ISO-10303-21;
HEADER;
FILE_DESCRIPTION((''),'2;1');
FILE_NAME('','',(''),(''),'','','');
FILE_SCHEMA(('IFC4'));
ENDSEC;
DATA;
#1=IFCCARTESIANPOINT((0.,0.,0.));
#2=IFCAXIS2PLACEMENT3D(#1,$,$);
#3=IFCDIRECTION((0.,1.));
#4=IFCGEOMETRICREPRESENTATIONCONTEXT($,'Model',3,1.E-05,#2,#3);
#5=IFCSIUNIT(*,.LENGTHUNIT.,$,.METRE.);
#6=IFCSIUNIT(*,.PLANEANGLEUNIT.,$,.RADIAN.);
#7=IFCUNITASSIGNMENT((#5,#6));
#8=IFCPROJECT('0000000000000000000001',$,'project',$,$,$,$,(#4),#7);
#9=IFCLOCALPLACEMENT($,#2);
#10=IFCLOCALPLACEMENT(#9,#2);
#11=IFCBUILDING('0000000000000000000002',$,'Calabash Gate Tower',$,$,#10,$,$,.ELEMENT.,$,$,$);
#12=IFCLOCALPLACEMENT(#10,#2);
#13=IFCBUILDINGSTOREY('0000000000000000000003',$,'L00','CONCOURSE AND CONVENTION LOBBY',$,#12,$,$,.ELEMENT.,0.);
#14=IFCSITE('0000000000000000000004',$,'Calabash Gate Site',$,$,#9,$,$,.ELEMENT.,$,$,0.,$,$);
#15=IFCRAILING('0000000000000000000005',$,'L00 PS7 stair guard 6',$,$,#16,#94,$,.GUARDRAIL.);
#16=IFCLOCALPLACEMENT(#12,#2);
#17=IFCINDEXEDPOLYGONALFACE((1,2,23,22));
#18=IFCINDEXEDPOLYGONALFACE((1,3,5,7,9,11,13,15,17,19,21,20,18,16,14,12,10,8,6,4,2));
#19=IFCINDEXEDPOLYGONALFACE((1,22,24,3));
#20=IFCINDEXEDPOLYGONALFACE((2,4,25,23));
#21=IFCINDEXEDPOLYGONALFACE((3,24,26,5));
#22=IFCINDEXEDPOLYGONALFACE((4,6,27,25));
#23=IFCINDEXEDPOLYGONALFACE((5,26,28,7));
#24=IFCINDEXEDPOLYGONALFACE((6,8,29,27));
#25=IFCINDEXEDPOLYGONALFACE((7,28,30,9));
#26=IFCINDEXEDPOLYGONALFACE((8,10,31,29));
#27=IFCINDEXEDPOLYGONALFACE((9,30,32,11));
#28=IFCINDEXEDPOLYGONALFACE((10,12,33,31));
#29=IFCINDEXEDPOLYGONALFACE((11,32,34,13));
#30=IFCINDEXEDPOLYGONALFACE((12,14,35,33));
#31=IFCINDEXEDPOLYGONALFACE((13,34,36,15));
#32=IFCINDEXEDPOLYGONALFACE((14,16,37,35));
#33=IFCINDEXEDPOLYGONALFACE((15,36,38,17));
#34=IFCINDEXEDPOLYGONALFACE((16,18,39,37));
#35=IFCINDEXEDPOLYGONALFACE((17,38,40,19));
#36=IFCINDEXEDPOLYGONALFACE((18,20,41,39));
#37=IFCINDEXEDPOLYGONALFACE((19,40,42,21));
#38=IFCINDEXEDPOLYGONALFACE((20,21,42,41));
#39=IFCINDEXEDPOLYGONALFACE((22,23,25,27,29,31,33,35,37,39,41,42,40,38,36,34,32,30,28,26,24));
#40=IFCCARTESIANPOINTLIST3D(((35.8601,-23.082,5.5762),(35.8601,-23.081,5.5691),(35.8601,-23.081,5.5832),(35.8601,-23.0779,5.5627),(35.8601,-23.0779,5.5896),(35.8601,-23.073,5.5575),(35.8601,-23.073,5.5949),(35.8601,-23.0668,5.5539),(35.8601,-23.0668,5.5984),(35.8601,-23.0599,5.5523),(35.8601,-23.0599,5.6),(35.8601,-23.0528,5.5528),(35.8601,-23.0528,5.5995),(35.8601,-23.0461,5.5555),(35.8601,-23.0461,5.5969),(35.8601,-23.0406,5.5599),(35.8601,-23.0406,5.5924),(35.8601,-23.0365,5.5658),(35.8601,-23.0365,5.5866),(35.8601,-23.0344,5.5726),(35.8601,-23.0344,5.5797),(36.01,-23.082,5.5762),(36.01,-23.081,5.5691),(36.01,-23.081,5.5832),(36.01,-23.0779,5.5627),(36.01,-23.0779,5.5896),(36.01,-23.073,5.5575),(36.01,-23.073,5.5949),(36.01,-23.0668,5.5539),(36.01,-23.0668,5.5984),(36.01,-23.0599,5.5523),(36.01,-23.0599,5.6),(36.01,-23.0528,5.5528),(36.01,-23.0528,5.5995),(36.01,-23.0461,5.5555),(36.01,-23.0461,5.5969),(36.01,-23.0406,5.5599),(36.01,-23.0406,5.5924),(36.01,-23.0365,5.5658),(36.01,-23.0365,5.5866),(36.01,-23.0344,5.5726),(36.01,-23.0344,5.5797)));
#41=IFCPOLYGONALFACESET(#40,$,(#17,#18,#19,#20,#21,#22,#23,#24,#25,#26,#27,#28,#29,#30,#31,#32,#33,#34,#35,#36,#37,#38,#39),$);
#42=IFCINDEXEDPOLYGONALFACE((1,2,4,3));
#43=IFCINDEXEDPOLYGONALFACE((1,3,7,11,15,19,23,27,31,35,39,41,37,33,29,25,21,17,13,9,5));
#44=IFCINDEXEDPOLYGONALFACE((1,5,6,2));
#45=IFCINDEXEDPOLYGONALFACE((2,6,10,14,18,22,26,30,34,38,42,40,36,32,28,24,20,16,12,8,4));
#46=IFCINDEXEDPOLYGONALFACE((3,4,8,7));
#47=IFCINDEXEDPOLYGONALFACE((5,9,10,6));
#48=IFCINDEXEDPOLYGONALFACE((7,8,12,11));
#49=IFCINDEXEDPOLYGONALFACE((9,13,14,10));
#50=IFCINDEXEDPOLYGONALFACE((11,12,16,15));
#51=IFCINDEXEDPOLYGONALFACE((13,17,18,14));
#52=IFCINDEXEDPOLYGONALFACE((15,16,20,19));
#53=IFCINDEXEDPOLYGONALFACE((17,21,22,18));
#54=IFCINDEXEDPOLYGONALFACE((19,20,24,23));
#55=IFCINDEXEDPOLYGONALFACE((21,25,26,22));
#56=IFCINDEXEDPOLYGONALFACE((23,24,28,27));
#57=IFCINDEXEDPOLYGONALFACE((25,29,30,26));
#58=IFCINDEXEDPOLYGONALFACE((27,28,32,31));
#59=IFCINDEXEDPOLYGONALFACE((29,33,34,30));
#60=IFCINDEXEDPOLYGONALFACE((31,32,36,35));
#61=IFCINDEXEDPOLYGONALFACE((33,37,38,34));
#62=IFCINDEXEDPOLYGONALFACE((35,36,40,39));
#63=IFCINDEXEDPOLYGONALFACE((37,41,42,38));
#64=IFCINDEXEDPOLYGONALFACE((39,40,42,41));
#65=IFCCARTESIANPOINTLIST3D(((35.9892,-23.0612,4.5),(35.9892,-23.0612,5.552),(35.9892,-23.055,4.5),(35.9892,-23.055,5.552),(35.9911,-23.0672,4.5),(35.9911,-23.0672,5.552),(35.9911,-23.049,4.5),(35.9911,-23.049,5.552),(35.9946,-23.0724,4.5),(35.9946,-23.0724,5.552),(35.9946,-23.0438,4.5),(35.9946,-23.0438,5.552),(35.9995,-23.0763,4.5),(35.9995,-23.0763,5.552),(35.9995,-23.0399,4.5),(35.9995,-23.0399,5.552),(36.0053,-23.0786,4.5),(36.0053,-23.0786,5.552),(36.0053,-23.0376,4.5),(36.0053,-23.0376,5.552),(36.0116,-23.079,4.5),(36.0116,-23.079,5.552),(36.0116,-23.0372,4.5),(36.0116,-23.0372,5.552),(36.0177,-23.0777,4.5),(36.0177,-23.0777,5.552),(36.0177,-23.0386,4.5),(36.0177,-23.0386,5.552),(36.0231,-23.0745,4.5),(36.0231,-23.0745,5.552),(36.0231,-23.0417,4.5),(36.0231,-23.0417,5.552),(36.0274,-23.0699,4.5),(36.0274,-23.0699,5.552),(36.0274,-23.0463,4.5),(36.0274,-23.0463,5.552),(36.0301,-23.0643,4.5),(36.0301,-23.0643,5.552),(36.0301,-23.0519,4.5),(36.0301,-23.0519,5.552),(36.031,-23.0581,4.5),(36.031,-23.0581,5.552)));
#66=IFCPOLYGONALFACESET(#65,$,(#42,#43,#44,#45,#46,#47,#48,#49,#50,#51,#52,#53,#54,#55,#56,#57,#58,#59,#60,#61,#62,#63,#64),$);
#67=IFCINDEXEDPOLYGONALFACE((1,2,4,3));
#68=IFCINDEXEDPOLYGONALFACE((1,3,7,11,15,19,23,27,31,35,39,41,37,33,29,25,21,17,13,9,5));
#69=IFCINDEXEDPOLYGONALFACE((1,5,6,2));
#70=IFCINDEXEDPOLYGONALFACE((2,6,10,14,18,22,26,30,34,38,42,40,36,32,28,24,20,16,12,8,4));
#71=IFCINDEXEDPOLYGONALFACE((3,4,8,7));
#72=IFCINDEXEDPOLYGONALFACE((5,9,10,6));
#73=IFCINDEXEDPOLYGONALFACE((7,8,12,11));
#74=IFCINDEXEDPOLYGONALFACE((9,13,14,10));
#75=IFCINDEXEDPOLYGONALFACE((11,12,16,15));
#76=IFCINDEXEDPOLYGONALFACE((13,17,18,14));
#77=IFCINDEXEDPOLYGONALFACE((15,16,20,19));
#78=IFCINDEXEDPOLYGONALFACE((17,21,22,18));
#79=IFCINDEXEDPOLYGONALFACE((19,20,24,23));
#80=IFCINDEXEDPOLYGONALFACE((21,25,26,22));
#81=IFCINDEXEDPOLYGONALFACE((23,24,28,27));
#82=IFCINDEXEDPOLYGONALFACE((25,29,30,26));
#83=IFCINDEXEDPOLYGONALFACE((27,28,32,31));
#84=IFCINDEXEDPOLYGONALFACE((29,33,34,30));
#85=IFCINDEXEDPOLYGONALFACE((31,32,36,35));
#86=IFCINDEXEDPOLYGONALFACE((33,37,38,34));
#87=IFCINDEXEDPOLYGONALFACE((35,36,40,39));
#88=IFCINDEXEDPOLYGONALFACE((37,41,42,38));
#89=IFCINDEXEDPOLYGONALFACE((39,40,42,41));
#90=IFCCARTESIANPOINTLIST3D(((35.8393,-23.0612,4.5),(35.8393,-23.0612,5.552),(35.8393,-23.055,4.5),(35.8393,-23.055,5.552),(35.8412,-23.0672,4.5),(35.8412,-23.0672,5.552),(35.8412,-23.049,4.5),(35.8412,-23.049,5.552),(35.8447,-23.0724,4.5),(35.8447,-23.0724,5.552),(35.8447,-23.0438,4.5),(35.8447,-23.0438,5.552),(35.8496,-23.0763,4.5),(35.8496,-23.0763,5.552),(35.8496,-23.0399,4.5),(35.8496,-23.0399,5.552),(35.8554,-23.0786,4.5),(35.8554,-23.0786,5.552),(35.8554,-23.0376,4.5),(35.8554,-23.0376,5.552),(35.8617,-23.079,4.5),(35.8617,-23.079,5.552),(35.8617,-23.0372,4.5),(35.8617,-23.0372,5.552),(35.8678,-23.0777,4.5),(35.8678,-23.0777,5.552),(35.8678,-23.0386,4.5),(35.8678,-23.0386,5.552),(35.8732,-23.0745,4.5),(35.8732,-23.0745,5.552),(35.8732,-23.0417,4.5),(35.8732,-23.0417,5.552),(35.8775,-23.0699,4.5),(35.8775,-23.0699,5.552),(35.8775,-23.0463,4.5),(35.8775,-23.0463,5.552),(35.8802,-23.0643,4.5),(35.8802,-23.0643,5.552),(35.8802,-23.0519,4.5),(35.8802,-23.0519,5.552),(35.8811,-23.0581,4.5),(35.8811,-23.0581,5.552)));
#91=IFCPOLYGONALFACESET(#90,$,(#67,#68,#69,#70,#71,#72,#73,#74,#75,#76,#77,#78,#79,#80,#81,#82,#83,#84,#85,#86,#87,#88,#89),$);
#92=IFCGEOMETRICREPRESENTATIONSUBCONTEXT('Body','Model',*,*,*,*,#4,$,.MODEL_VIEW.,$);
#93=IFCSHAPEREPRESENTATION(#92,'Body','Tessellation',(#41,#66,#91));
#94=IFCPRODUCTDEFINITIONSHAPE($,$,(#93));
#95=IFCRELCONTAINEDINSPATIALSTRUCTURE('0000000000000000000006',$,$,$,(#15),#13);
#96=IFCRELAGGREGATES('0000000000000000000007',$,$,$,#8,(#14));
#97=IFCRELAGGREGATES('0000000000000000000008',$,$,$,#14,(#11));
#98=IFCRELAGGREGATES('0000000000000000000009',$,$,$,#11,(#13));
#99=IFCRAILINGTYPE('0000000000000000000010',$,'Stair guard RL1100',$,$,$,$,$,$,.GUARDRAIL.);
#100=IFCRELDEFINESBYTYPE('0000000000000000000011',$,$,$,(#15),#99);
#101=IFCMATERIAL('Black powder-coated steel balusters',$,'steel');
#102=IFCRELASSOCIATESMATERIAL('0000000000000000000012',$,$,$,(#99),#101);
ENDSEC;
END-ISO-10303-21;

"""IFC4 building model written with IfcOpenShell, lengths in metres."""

from ifc_helpers import new_model, si_unit, direction, frame, origin, origin_2d, place, context, subcontext, project, spatial, circle, extrude, material, type_object, element, save


model = new_model("IFC4")

# Units and contexts
model_context = context("Model", 3, precision=1e-05, world=origin(), true_north=direction((0.0, 1.0)))
body_context = subcontext(model_context, "Body", "Model", "MODEL_VIEW")
ifc_project = project(units=[si_unit("LENGTHUNIT", "METRE"), si_unit("PLANEANGLEUNIT", "RADIAN")], contexts=[model_context])

# Site, building, storey
site_placement = place(None, origin())
site = spatial("IfcSite", under=ifc_project, at=site_placement, Name="Calabash Gate Site", CompositionType="ELEMENT", RefElevation=0.0)
building_placement = place(site_placement, origin())
building = spatial("IfcBuilding", under=site, at=building_placement, Name="Calabash Gate Tower", CompositionType="ELEMENT")
storey_placement = place(building_placement, origin())
storey = spatial("IfcBuildingStorey", under=building, at=storey_placement, Name="L00", Description="CONCOURSE AND CONVENTION LOBBY", CompositionType="ELEMENT", Elevation=0.0)

# Railing
ifc_material_1 = material(Name="Black powder-coated steel balusters", Category="steel")
railing_type_1 = type_object("IfcRailingType", Name="Stair guard RL1100", PredefinedType="GUARDRAIL", material=ifc_material_1)
railing_1_placement = place(storey_placement, frame((36.01, -23.0581, 4.5)))
element("IfcRailing", 1, at=railing_1_placement, inside=storey, type_object=railing_type_1, Name="L00 PS7 stair guard 6", PredefinedType="GUARDRAIL", context=body_context, shape_type="SweptSolid", body=[
    extrude(circle(Radius=0.0239, at=origin_2d()), frame((0.0, 0.0, 1.0762), z_axis=(-1.0, 0.0, 0.0), x_axis=(0.0, -1.0, 0.0)), (0.0, 0.0, 1.0), 0.1499),
    extrude(circle(Radius=0.021, at=origin_2d()), origin(), (0.0, 0.0, 1.0), 1.052),
    extrude(circle(Radius=0.021, at=origin_2d()), frame((-0.1499, 0.0, 0.0)), (0.0, 0.0, 1.0), 1.052),
])

save(model, "model.ifc")
